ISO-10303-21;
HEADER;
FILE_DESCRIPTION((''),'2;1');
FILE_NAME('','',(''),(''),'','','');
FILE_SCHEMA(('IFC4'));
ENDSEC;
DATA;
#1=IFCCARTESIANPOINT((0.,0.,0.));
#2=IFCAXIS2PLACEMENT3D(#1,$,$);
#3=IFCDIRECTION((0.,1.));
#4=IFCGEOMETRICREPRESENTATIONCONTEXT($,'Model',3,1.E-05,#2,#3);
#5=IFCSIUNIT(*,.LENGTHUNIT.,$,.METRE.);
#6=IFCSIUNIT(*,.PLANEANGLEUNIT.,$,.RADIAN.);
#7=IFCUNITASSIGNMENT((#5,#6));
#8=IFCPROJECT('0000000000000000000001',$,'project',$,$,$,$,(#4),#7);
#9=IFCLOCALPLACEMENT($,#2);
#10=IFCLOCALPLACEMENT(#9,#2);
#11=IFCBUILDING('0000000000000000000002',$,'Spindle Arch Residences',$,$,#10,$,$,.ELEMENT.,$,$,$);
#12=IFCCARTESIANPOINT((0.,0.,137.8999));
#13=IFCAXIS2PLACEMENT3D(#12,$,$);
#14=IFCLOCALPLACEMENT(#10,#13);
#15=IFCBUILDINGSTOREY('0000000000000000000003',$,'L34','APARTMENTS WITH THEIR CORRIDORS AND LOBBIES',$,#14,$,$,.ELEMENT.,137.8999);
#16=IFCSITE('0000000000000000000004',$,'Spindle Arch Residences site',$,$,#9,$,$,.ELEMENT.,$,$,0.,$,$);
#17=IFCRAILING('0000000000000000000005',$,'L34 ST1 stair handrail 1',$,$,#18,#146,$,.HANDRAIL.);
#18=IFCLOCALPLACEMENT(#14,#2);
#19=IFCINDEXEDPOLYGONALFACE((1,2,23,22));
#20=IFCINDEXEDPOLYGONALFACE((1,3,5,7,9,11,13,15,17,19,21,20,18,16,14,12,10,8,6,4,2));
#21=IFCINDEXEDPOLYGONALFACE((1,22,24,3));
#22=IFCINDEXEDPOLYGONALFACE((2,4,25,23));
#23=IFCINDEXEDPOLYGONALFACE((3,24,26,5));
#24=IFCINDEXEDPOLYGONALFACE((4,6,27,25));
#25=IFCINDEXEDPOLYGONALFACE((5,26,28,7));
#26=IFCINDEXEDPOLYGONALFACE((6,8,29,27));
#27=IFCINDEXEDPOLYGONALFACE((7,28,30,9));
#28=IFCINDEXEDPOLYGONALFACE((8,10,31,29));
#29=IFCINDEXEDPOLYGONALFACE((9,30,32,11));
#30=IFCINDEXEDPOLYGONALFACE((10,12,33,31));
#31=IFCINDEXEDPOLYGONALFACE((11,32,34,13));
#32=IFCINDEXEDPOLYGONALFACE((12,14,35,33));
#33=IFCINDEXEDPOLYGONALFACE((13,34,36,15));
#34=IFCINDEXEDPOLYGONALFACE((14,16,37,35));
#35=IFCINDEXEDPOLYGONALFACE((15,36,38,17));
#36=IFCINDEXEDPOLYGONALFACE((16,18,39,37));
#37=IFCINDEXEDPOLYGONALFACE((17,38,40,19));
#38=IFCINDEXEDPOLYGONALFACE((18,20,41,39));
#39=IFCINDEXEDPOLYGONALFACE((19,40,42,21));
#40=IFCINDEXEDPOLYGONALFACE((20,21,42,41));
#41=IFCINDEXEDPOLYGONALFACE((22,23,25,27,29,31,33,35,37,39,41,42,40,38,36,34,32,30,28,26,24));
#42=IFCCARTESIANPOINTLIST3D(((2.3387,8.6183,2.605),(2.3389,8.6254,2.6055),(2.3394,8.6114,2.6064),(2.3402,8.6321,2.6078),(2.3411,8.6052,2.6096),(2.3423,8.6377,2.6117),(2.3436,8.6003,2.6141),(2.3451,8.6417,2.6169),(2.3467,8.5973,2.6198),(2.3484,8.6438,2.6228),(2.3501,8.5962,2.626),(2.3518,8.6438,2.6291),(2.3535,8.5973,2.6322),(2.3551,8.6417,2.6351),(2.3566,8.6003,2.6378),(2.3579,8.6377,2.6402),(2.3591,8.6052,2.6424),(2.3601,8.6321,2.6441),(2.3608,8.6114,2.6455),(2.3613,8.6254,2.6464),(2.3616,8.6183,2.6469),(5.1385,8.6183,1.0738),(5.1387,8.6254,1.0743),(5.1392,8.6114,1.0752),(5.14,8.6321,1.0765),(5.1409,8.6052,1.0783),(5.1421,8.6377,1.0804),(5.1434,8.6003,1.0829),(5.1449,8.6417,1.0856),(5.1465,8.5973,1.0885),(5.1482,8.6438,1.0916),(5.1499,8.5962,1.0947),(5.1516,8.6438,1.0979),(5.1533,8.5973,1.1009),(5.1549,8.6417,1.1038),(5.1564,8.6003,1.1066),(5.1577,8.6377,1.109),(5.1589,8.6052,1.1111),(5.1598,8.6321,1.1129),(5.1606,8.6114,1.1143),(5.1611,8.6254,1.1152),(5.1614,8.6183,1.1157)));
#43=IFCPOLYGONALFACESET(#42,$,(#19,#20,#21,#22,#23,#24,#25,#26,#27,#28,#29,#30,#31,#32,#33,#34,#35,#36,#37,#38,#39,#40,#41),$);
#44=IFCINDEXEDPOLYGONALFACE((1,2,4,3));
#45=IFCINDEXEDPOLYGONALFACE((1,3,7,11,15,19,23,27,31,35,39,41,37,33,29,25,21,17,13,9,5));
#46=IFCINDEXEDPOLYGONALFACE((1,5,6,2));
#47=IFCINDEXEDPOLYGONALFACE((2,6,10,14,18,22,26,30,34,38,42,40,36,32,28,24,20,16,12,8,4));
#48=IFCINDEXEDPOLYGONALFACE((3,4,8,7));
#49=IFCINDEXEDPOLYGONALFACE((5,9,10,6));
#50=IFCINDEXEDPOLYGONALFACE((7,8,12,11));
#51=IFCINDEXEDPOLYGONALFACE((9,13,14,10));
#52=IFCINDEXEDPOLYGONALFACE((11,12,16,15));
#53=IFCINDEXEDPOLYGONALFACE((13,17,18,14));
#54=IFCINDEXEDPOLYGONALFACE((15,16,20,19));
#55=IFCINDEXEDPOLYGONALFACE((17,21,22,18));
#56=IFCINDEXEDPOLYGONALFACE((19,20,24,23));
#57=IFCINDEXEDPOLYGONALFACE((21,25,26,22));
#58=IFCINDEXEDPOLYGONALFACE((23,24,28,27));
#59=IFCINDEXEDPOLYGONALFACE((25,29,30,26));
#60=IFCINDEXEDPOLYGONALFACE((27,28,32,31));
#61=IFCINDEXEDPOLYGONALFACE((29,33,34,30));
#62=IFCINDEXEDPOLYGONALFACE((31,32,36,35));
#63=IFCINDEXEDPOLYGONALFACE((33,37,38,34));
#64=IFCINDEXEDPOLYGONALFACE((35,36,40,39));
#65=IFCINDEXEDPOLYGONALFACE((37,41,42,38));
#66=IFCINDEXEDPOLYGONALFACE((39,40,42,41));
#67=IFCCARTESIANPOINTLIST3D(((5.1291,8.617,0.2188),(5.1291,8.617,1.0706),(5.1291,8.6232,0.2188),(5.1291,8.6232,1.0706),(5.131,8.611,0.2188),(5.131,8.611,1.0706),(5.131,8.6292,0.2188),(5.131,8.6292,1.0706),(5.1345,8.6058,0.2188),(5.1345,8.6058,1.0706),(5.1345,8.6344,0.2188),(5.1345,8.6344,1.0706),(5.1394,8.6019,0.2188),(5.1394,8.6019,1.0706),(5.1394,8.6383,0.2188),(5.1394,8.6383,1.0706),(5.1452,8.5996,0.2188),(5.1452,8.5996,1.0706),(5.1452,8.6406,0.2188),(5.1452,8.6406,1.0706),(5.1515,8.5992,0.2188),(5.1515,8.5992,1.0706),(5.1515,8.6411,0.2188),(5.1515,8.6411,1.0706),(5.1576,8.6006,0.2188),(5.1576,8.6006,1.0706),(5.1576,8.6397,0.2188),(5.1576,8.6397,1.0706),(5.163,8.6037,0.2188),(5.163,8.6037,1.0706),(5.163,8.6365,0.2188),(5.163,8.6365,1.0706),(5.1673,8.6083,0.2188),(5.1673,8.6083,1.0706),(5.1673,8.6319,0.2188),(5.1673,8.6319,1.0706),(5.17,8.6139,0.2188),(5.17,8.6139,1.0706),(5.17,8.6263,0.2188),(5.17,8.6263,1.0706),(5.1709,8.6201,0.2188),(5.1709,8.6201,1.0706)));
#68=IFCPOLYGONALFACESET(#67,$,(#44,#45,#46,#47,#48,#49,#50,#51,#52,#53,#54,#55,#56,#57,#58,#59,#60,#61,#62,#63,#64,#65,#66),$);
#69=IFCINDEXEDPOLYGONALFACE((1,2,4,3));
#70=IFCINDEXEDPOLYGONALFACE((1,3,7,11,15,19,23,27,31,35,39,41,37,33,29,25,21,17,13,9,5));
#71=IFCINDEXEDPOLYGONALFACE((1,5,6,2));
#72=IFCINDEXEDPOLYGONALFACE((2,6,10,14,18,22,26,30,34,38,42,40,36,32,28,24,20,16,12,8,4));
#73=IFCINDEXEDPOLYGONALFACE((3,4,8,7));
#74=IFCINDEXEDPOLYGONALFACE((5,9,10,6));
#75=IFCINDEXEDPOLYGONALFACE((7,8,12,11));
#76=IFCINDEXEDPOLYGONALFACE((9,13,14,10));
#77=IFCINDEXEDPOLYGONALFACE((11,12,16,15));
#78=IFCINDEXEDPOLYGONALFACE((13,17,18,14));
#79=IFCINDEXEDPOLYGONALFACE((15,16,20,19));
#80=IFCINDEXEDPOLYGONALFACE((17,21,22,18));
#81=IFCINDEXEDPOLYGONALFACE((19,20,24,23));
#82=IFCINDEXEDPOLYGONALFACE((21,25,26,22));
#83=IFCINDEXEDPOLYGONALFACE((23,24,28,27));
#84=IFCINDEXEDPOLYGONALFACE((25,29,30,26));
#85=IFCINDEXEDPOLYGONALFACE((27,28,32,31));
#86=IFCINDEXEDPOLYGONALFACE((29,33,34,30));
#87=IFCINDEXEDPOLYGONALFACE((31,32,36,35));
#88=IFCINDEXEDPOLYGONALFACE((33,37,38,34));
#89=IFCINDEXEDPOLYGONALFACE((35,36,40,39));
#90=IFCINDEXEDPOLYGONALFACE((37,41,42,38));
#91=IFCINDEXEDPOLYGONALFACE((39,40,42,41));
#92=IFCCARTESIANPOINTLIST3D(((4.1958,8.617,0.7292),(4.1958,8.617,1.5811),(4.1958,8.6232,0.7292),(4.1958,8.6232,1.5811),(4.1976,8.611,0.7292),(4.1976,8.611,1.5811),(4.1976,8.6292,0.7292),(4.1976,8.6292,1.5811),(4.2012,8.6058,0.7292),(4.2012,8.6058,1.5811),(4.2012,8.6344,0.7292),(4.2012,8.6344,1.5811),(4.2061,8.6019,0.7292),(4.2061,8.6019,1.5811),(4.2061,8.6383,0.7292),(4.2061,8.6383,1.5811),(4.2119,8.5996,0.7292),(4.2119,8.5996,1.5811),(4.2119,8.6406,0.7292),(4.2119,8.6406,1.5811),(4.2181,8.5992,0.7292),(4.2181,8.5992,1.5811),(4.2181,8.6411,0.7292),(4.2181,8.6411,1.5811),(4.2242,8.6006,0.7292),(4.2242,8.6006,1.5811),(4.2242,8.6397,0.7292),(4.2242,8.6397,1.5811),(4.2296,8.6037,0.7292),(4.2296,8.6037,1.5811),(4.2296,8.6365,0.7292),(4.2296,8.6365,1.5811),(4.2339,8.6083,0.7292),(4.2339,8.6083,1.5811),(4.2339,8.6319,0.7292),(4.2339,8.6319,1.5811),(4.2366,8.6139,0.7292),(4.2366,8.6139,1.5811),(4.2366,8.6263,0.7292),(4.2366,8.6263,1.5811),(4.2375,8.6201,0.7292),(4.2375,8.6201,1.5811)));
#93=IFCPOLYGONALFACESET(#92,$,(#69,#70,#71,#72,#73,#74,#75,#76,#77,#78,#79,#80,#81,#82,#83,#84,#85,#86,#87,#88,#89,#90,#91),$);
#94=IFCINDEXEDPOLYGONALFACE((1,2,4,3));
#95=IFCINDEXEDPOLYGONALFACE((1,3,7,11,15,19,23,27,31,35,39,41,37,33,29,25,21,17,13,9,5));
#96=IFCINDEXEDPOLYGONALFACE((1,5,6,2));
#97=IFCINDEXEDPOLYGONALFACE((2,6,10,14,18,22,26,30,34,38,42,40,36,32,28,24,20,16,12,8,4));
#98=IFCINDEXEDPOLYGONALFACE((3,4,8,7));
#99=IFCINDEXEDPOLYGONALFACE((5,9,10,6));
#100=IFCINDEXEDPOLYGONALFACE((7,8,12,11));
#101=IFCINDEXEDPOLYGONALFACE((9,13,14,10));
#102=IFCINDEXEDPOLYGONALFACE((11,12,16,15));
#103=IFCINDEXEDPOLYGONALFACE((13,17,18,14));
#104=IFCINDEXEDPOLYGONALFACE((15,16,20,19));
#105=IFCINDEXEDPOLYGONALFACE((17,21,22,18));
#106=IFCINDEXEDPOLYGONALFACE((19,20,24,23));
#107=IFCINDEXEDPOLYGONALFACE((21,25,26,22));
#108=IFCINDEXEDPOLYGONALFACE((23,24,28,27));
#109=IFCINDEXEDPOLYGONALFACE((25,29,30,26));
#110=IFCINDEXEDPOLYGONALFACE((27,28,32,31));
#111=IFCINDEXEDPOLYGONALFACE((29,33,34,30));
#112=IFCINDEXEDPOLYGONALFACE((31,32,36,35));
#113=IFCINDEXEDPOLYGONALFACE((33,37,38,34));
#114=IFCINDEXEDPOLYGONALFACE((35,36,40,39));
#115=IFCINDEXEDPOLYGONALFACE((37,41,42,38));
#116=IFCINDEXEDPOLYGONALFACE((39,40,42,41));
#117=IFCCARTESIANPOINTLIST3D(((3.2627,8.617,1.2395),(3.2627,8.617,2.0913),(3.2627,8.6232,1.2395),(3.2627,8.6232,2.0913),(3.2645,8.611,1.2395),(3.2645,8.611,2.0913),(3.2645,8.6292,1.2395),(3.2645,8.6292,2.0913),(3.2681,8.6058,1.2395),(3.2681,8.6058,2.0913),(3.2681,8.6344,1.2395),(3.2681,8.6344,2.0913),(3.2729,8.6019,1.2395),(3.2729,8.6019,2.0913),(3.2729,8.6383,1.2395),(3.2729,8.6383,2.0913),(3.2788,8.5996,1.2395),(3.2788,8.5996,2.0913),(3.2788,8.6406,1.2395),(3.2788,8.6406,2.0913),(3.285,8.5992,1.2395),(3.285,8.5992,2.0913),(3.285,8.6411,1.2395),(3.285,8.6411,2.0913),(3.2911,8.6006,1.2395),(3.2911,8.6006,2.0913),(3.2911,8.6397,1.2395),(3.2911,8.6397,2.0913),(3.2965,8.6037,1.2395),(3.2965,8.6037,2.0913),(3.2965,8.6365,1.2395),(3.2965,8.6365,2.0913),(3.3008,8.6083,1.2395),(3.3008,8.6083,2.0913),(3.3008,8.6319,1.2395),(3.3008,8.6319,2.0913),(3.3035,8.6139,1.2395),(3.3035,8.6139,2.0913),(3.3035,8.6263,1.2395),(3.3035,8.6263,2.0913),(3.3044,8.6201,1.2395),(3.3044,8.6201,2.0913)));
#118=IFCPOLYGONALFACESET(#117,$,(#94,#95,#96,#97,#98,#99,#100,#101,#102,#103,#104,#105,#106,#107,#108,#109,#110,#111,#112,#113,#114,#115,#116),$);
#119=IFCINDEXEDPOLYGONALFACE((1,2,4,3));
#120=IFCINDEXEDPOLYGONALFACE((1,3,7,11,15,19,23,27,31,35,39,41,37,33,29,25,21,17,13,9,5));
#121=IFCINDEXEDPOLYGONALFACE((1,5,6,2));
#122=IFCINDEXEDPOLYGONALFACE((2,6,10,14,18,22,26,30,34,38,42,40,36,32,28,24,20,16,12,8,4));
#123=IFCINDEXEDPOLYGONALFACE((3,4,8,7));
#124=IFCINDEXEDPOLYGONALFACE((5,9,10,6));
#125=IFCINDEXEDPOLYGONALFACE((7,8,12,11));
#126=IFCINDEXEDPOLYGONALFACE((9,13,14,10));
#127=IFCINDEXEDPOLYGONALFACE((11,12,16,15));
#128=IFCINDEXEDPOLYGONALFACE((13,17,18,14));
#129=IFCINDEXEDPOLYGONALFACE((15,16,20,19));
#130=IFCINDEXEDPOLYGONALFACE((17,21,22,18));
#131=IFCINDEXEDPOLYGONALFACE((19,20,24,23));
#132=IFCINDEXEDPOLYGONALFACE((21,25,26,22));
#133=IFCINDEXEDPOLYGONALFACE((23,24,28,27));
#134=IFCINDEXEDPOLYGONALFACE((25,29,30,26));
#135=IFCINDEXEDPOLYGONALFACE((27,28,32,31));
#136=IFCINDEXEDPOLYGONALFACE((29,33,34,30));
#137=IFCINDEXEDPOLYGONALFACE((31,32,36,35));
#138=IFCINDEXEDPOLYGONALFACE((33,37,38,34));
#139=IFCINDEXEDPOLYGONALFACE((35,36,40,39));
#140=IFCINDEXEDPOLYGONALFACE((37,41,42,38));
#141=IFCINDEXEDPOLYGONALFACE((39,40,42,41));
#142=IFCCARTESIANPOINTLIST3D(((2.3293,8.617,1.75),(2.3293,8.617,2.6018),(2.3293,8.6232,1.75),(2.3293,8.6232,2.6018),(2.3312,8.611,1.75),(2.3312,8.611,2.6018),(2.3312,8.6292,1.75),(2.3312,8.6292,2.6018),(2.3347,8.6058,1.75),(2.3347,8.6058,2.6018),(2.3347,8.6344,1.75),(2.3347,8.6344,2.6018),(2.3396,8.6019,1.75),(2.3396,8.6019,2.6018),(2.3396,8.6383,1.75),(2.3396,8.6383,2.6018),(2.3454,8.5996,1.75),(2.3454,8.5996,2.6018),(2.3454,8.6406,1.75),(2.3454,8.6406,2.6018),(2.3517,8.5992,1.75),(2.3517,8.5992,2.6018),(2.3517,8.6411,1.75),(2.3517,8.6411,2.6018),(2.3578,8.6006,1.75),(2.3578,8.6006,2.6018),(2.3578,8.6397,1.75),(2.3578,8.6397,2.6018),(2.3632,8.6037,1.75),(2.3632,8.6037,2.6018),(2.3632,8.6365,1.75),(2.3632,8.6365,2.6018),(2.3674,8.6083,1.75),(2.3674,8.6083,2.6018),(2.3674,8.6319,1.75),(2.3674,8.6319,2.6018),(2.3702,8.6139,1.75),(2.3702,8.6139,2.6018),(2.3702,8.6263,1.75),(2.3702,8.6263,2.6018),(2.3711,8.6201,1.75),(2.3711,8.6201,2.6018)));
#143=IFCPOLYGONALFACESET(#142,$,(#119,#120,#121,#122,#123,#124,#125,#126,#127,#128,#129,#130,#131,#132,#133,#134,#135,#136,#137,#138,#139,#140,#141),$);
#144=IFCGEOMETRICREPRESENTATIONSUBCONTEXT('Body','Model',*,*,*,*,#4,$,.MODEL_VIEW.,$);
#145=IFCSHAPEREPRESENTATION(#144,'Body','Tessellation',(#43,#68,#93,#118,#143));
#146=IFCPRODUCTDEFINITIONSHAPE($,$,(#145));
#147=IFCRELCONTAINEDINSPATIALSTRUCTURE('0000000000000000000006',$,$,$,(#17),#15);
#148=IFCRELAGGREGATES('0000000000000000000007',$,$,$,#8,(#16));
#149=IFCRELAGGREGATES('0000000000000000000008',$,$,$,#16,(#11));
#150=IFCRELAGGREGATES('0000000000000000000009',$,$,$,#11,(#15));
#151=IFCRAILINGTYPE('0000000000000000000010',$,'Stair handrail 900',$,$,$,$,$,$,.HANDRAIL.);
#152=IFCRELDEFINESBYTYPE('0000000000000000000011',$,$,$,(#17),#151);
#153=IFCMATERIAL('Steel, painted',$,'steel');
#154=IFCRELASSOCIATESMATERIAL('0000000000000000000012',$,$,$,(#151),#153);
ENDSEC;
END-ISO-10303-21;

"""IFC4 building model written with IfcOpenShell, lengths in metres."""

from ifc_helpers import new_model, si_unit, direction, frame, origin, origin_2d, place, context, subcontext, project, spatial, circle, extrude, material, type_object, element, save


model = new_model("IFC4")

# Units and contexts
model_context = context("Model", 3, precision=1e-05, world=origin(), true_north=direction((0.0, 1.0)))
body_context = subcontext(model_context, "Body", "Model", "MODEL_VIEW")
ifc_project = project(units=[si_unit("LENGTHUNIT", "METRE"), si_unit("PLANEANGLEUNIT", "RADIAN")], contexts=[model_context])

# Site, building, storey
site_placement = place(None, origin())
site = spatial("IfcSite", under=ifc_project, at=site_placement, Name="Spindle Arch Residences site", CompositionType="ELEMENT", RefElevation=0.0)
building_placement = place(site_placement, origin())
building = spatial("IfcBuilding", under=site, at=building_placement, Name="Spindle Arch Residences", CompositionType="ELEMENT")
storey_placement = place(building_placement, frame((0.0, 0.0, 137.8999)))
storey = spatial("IfcBuildingStorey", under=building, at=storey_placement, Name="L34", Description="APARTMENTS WITH THEIR CORRIDORS AND LOBBIES", CompositionType="ELEMENT", Elevation=137.8999)

# Railing
ifc_material_1 = material(Name="Steel, painted", Category="steel")
railing_type = type_object("IfcRailingType", Name="Stair handrail 900", PredefinedType="HANDRAIL", material=ifc_material_1)
railing_placement = place(storey_placement, frame((5.1499, 8.6201, 0.2188)))
element("IfcRailing", 1, at=railing_placement, inside=storey, type_object=railing_type, Name="L34 ST1 stair handrail 1", PredefinedType="HANDRAIL", context=body_context, shape_type="SweptSolid", body=[
    extrude(circle(Radius=0.0239, at=origin_2d()), frame((0.0, 0.0, 0.876), z_axis=(-0.877357, 0.0, 0.479838), x_axis=(0.0, -1.0, 0.0)), (0.0, 0.0, 1.0), 3.1912),
    extrude(circle(Radius=0.021, at=origin_2d()), origin(), (0.0, 0.0, 1.0), 0.8518),
    extrude(circle(Radius=0.021, at=origin_2d()), frame((-0.9333, 0.0, 0.5105)), (0.0, 0.0, 1.0), 0.8518),
    extrude(circle(Radius=0.021, at=origin_2d()), frame((-1.8665, 0.0, 1.0208)), (0.0, 0.0, 1.0), 0.8518),
    extrude(circle(Radius=0.021, at=origin_2d()), frame((-2.7998, 0.0, 1.5312)), (0.0, 0.0, 1.0), 0.8518),
])

save(model, "model.ifc")
